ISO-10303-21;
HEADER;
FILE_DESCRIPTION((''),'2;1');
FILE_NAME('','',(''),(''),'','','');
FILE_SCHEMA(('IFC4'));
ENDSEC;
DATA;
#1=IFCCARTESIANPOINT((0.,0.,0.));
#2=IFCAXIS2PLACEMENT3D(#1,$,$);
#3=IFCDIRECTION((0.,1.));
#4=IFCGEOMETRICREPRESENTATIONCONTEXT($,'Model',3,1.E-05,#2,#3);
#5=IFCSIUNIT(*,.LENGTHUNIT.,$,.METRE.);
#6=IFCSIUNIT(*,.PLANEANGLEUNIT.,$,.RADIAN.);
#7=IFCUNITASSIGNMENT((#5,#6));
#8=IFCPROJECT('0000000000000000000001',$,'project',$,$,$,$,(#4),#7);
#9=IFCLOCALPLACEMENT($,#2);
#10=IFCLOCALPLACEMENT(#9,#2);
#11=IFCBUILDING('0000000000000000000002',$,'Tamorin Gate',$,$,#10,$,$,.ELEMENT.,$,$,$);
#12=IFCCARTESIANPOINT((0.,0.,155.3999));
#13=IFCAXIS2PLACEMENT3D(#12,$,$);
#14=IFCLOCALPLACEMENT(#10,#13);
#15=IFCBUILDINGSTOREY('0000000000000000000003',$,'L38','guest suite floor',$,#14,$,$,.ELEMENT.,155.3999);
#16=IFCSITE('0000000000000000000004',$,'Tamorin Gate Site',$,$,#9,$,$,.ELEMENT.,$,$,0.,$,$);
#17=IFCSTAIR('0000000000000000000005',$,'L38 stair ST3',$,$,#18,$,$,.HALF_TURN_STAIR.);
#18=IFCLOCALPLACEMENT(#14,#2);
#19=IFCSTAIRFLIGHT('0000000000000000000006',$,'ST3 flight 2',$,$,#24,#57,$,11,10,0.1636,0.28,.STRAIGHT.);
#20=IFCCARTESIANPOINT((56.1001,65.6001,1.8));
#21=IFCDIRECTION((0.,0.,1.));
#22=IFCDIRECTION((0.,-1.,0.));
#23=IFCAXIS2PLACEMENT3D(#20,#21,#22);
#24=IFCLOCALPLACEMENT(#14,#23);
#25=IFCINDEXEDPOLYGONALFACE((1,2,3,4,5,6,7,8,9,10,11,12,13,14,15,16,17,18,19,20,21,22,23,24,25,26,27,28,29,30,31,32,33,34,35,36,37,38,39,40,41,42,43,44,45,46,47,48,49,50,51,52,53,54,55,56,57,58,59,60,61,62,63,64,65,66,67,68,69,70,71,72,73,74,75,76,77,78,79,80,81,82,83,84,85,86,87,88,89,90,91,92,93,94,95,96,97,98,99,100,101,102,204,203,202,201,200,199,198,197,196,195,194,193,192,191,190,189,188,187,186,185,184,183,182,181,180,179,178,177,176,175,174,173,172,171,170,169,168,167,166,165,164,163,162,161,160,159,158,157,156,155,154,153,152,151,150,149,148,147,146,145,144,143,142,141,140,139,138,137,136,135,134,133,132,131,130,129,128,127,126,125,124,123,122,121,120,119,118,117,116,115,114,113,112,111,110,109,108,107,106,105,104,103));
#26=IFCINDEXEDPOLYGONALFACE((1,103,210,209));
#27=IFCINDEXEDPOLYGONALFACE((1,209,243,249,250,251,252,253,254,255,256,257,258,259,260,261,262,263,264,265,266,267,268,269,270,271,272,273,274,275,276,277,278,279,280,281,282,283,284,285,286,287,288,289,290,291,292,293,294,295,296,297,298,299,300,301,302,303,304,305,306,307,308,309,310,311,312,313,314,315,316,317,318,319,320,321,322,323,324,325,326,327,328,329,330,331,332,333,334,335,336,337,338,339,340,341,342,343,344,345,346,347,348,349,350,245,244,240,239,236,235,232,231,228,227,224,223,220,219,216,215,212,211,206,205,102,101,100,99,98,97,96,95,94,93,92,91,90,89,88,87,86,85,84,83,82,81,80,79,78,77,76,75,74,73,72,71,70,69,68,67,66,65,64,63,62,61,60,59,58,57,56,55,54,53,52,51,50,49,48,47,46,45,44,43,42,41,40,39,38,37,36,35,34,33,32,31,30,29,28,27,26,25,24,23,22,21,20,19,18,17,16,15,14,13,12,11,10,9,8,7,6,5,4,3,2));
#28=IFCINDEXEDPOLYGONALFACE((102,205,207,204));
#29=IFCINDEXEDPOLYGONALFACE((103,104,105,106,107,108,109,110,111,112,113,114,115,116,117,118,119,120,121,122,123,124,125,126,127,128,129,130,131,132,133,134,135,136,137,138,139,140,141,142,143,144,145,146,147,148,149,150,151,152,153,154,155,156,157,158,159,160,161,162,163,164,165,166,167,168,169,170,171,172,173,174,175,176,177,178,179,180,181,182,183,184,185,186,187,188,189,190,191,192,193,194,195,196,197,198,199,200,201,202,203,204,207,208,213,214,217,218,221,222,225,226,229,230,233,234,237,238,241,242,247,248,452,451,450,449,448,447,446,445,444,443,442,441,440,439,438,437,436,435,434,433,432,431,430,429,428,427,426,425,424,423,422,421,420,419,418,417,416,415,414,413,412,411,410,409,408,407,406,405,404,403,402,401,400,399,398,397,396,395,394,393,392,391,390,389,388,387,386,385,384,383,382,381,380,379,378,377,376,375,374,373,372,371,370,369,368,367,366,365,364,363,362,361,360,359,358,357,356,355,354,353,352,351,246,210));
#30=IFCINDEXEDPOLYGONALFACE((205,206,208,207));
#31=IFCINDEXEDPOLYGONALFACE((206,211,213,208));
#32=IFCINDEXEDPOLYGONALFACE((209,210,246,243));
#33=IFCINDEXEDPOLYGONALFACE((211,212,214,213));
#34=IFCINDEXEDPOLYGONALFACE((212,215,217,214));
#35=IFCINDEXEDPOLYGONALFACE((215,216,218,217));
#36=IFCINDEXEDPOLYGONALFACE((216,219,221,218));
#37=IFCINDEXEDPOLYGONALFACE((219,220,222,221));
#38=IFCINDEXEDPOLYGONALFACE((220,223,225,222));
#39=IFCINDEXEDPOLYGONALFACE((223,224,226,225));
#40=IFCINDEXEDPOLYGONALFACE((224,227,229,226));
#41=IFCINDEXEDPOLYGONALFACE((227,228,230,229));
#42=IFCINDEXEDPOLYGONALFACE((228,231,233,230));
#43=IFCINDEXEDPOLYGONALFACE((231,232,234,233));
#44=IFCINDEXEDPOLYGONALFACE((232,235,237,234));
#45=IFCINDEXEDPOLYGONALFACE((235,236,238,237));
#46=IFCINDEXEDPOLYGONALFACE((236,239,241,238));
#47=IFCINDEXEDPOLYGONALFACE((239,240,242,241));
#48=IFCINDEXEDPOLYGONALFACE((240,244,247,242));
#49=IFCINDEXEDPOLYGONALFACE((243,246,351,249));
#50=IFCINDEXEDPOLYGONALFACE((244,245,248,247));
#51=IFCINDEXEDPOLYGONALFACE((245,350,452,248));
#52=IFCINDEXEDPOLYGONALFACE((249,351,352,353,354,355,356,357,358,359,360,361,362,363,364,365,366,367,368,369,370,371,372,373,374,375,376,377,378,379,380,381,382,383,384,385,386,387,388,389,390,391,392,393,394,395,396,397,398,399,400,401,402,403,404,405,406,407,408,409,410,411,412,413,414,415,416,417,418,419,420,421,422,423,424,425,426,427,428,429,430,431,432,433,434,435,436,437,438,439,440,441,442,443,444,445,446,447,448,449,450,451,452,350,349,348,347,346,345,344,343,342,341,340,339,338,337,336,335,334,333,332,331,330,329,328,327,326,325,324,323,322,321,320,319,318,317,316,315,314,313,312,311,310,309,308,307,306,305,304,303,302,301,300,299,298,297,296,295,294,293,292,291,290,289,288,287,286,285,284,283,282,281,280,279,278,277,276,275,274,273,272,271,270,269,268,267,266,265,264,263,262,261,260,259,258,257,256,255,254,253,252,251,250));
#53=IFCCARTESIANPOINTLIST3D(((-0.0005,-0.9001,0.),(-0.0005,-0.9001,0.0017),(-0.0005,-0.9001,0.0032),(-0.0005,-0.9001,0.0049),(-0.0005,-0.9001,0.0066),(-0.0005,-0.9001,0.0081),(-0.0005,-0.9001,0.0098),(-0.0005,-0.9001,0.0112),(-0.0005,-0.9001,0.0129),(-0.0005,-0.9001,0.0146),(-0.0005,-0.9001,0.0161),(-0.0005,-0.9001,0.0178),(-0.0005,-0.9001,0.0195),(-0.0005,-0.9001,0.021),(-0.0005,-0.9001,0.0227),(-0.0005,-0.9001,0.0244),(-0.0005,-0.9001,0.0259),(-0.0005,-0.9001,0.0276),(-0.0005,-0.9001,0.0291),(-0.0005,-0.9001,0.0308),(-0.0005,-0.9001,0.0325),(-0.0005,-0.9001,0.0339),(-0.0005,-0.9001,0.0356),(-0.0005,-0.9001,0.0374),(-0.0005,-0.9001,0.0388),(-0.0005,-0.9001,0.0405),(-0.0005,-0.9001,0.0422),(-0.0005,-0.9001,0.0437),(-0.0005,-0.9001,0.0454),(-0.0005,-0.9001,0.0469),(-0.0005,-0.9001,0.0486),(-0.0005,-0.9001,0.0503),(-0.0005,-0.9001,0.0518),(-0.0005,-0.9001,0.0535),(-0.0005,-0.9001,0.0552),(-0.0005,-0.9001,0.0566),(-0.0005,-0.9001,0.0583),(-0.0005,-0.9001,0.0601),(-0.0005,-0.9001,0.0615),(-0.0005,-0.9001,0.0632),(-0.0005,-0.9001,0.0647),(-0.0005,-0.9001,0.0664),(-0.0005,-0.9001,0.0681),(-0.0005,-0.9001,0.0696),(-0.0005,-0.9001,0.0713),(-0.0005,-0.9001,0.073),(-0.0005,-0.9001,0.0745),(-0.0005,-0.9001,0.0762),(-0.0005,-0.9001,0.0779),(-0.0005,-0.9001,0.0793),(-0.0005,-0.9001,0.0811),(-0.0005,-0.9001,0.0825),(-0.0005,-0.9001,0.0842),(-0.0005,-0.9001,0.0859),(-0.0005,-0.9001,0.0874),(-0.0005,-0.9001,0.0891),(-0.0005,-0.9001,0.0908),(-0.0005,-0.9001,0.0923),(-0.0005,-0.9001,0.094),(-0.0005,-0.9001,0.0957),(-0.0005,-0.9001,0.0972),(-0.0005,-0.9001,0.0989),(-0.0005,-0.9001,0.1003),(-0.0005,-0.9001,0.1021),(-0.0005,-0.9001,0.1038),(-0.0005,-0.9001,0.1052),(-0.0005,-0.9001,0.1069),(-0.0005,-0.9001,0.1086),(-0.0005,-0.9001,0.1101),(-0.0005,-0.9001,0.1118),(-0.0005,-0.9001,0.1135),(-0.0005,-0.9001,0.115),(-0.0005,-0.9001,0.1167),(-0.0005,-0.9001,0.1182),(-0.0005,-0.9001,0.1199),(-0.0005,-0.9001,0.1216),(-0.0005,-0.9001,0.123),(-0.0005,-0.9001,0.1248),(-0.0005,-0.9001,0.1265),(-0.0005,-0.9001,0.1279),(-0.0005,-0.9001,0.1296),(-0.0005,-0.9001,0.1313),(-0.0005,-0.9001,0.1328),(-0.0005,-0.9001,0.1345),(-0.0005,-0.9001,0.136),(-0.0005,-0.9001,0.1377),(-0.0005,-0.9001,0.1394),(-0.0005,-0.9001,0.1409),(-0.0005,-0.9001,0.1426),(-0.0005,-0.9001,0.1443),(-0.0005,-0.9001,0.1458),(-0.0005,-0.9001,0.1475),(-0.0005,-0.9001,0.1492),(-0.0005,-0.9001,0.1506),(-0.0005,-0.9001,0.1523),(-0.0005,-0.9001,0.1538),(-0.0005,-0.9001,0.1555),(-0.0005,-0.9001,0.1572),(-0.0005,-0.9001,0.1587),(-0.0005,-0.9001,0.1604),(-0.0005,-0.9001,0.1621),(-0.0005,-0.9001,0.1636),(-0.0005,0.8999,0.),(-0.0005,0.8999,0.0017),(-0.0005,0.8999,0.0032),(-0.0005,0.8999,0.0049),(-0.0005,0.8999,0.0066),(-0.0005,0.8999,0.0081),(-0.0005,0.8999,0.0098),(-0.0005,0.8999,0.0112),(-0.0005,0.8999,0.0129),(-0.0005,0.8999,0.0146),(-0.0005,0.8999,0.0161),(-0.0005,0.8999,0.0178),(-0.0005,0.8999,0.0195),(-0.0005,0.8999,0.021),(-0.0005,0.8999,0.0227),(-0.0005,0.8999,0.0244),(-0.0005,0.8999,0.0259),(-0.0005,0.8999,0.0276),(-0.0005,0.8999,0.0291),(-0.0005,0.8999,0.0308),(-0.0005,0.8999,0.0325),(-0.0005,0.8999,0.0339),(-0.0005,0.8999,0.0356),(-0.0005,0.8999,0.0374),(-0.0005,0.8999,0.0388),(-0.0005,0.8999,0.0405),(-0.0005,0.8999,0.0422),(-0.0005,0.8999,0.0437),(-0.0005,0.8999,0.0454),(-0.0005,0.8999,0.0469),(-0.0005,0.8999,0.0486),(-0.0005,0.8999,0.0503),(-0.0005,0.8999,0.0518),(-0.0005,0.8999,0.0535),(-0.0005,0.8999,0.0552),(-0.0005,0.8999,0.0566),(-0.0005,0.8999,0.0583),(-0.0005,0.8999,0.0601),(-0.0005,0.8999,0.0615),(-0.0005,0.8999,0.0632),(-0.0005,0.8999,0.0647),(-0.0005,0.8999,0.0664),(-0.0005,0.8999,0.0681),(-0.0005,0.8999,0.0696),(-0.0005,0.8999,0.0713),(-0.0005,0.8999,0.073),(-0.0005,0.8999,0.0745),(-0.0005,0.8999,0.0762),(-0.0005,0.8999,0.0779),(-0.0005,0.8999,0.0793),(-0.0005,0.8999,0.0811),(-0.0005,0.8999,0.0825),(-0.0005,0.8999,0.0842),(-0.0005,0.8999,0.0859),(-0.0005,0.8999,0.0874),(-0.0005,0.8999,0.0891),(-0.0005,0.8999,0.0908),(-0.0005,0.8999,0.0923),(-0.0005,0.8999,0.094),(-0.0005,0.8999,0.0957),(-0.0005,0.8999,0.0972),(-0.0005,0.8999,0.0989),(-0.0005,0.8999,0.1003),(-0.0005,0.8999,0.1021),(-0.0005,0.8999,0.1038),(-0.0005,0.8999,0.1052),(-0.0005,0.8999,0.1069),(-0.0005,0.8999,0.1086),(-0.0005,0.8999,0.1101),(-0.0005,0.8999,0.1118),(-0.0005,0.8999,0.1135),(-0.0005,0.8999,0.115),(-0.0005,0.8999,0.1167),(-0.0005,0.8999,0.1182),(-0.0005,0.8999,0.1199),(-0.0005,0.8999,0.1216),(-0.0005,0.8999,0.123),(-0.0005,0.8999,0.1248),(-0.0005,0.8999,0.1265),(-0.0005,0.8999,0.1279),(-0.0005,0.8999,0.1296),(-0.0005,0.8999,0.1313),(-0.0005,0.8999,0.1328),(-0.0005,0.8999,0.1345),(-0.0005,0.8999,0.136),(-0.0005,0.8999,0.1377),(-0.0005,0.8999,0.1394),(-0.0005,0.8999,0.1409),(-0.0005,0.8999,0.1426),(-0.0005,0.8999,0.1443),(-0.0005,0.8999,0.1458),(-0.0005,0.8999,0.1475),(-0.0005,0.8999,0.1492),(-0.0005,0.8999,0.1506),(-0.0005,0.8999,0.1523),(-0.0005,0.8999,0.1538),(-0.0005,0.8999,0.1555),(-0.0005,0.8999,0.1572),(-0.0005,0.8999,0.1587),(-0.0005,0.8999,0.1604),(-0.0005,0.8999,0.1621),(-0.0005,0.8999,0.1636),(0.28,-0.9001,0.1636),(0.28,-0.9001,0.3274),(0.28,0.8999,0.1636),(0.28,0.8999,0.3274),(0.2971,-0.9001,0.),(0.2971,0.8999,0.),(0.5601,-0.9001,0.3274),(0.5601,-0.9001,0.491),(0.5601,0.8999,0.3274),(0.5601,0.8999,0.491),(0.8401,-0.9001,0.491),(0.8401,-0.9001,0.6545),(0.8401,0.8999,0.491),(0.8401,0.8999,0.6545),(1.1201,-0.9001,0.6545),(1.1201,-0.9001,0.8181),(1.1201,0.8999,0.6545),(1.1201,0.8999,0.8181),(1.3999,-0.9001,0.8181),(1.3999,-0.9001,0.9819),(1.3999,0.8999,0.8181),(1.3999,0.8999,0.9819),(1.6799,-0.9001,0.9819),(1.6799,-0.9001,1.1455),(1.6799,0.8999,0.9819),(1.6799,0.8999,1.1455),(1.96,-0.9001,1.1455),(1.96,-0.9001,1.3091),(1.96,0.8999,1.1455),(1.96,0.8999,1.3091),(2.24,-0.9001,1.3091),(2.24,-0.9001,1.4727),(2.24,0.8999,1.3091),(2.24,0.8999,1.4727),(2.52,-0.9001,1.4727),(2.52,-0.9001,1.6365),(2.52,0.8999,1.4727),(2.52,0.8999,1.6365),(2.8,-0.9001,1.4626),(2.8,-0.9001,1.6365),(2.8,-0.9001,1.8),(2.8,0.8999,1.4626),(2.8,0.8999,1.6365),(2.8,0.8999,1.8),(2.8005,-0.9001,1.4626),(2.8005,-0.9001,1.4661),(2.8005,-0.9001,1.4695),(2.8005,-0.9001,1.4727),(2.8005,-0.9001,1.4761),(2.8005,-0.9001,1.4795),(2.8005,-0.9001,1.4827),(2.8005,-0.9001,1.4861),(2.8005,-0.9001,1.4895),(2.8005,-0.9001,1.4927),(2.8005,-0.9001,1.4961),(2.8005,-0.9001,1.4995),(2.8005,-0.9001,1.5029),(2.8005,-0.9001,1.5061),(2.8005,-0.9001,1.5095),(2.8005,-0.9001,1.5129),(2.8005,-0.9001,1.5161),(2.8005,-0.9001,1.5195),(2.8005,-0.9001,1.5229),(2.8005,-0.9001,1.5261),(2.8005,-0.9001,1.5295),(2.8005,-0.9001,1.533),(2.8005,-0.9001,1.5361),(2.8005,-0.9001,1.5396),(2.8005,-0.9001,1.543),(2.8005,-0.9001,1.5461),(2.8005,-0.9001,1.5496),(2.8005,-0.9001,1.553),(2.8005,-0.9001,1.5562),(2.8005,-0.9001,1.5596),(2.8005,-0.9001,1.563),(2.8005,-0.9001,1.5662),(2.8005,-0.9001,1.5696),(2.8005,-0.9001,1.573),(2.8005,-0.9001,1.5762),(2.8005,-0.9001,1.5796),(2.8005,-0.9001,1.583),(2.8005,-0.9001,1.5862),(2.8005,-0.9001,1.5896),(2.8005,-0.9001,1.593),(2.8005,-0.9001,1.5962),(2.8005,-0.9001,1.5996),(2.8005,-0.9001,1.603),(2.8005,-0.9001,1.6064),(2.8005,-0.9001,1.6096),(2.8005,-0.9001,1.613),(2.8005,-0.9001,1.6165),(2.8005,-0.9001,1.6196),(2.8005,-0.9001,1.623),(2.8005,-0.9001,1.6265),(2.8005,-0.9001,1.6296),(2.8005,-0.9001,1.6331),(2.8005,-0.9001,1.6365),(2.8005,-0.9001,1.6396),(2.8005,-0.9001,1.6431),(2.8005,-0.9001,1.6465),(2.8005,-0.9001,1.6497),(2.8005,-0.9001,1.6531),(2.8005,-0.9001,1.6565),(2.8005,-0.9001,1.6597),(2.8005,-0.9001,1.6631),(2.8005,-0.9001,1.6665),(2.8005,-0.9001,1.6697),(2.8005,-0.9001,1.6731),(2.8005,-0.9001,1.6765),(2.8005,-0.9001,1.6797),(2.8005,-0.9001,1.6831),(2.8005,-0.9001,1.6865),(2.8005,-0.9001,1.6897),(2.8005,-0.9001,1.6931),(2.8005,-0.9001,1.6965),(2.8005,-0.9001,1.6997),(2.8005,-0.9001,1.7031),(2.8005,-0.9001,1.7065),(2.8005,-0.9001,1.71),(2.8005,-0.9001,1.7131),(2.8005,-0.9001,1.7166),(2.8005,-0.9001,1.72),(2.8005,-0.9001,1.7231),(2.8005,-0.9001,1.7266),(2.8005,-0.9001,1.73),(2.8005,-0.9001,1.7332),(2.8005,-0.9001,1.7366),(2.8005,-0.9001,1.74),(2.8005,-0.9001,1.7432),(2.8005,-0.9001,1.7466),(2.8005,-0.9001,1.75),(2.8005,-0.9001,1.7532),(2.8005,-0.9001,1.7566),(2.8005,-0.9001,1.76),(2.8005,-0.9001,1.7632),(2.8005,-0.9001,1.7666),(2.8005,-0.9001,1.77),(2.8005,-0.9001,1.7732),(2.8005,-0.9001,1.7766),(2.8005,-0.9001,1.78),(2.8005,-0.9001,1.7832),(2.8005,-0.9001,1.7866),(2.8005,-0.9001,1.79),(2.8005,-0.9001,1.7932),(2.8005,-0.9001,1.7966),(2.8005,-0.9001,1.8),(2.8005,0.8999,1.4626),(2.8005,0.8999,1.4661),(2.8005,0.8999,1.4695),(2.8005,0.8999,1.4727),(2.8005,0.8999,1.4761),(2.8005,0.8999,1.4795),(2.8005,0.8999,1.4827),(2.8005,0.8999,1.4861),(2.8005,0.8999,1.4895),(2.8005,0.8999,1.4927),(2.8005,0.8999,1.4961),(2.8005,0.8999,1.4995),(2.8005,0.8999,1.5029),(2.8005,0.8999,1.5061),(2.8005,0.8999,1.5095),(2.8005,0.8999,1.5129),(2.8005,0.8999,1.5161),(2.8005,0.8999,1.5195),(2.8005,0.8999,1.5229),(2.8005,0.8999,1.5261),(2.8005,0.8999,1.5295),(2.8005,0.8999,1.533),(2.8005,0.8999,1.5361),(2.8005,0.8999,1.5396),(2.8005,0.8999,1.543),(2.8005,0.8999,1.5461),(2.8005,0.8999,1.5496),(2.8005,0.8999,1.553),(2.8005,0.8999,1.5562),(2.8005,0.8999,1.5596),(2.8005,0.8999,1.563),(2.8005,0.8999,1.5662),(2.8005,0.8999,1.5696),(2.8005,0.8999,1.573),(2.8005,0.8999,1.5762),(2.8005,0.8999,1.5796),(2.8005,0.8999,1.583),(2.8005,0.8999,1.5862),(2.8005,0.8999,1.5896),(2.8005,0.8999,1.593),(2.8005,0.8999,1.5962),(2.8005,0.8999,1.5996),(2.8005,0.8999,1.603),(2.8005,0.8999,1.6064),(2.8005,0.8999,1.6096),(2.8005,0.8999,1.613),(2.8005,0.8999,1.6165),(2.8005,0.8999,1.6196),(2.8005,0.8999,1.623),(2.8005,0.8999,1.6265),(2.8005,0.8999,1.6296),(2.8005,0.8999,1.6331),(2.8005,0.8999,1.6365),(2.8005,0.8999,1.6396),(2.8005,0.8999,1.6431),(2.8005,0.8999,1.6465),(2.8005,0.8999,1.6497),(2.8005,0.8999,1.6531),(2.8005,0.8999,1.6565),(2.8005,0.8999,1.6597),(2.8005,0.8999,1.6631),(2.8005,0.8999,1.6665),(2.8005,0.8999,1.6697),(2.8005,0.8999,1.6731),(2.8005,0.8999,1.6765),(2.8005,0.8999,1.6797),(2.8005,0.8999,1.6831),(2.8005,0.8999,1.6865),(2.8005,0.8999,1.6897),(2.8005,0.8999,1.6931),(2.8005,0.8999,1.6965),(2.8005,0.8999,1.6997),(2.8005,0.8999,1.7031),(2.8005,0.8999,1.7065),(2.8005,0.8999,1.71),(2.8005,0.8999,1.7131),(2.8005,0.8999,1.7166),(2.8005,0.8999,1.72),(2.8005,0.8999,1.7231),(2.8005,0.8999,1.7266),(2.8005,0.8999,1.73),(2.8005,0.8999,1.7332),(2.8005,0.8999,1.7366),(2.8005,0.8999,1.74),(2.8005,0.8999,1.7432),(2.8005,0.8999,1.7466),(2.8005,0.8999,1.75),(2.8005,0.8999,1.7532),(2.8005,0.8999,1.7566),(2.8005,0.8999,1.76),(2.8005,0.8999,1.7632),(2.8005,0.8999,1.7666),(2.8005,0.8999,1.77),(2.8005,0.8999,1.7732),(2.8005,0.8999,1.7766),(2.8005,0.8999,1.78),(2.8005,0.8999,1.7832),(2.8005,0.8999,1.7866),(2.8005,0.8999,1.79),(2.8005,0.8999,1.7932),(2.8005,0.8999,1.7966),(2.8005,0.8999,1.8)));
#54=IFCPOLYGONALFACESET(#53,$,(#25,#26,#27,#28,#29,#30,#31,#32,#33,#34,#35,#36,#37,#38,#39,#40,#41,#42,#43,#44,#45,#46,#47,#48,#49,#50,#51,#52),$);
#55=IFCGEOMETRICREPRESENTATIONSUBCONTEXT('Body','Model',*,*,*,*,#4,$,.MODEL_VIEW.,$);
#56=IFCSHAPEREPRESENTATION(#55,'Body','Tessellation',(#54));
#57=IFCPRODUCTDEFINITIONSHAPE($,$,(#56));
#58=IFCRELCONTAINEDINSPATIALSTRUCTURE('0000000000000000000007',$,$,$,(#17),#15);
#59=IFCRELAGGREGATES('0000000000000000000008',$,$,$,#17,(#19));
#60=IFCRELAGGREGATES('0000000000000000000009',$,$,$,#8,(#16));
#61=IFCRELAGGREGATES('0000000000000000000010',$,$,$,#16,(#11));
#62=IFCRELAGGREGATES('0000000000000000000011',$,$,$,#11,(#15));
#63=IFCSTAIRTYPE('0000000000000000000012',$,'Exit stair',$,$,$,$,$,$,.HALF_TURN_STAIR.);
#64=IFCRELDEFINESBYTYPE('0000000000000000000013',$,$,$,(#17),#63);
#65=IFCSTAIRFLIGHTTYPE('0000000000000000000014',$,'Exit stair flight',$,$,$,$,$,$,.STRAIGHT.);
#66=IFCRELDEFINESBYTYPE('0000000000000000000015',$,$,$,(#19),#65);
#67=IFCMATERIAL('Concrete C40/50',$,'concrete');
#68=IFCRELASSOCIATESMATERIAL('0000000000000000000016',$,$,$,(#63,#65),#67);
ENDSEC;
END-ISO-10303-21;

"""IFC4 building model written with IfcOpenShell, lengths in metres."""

from ifc_helpers import new_model, si_unit, direction, frame, origin, place, context, subcontext, project, spatial, polyline, outline, extrude, material, type_object, element, aggregate, save


model = new_model("IFC4")

# Units and contexts
model_context = context("Model", 3, precision=1e-05, world=origin(), true_north=direction((0.0, 1.0)))
body_context = subcontext(model_context, "Body", "Model", "MODEL_VIEW")
ifc_project = project(units=[si_unit("LENGTHUNIT", "METRE"), si_unit("PLANEANGLEUNIT", "RADIAN")], contexts=[model_context])

# Site, building, storey
site_placement = place(None, origin())
site = spatial("IfcSite", under=ifc_project, at=site_placement, Name="Tamorin Gate Site", CompositionType="ELEMENT", RefElevation=0.0)
building_placement = place(site_placement, origin())
building = spatial("IfcBuilding", under=site, at=building_placement, Name="Tamorin Gate", CompositionType="ELEMENT")
storey_placement = place(building_placement, frame((0.0, 0.0, 155.3999)))
storey = spatial("IfcBuildingStorey", under=building, at=storey_placement, Name="L38", Description="guest suite floor", CompositionType="ELEMENT", Elevation=155.3999)

# Shared definitions
ifc_material_1 = material(Name="Concrete C40/50", Category="concrete")

# Stair, stair flight
stair_type = type_object("IfcStairType", Name="Exit stair", PredefinedType="HALF_TURN_STAIR", material=ifc_material_1)
stair_placement = place(storey_placement, origin())
stair = element("IfcStair", 1, at=stair_placement, inside=storey, type_object=stair_type, Name="L38 stair ST3", PredefinedType="HALF_TURN_STAIR")
stair_flight_type = type_object("IfcStairFlightType", Name="Exit stair flight", PredefinedType="STRAIGHT", material=ifc_material_1)
stair_flight_placement = place(storey_placement, frame((56.1001, 65.6001, 1.8), z_axis=(0.0, 0.0, 1.0), x_axis=(0.0, -1.0, 0.0)))
stair_flight = element("IfcStairFlight", 2, at=stair_flight_placement, type_object=stair_flight_type, Name="ST3 flight 2", NumberOfRisers=11, NumberOfTreads=10, PredefinedType="STRAIGHT", RiserHeight=0.1636, TreadLength=0.28, context=body_context, shape_type="SweptSolid", body=[
    extrude(outline(polyline([(-0.0005, 0.0), (-0.0005, 0.0017), (-0.0005, 0.0032), (-0.0005, 0.0049), (-0.0005, 0.0066), (-0.0005, 0.0081), (-0.0005, 0.0098), (-0.0005, 0.0112), (-0.0005, 0.0129), (-0.0005, 0.0146), (-0.0005, 0.0161), (-0.0005, 0.0178), (-0.0005, 0.0195), (-0.0005, 0.021), (-0.0005, 0.0227), (-0.0005, 0.0244), (-0.0005, 0.0259), (-0.0005, 0.0276), (-0.0005, 0.0291), (-0.0005, 0.0308), (-0.0005, 0.0325), (-0.0005, 0.0339), (-0.0005, 0.0356), (-0.0005, 0.0374), (-0.0005, 0.0388), (-0.0005, 0.0405), (-0.0005, 0.0422), (-0.0005, 0.0437), (-0.0005, 0.0454), (-0.0005, 0.0469), (-0.0005, 0.0486), (-0.0005, 0.0503), (-0.0005, 0.0518), (-0.0005, 0.0535), (-0.0005, 0.0552), (-0.0005, 0.0566), (-0.0005, 0.0583), (-0.0005, 0.0601), (-0.0005, 0.0615), (-0.0005, 0.0632), (-0.0005, 0.0647), (-0.0005, 0.0664), (-0.0005, 0.0681), (-0.0005, 0.0696), (-0.0005, 0.0713), (-0.0005, 0.073), (-0.0005, 0.0745), (-0.0005, 0.0762), (-0.0005, 0.0779), (-0.0005, 0.0793), (-0.0005, 0.0811), (-0.0005, 0.0825), (-0.0005, 0.0842), (-0.0005, 0.0859), (-0.0005, 0.0874), (-0.0005, 0.0891), (-0.0005, 0.0908), (-0.0005, 0.0923), (-0.0005, 0.094), (-0.0005, 0.0957), (-0.0005, 0.0972), (-0.0005, 0.0989), (-0.0005, 0.1003), (-0.0005, 0.1021), (-0.0005, 0.1038), (-0.0005, 0.1052), (-0.0005, 0.1069), (-0.0005, 0.1086), (-0.0005, 0.1101), (-0.0005, 0.1118), (-0.0005, 0.1135), (-0.0005, 0.115), (-0.0005, 0.1167), (-0.0005, 0.1182), (-0.0005, 0.1199), (-0.0005, 0.1216), (-0.0005, 0.123), (-0.0005, 0.1248), (-0.0005, 0.1265), (-0.0005, 0.1279), (-0.0005, 0.1296), (-0.0005, 0.1313), (-0.0005, 0.1328), (-0.0005, 0.1345), (-0.0005, 0.136), (-0.0005, 0.1377), (-0.0005, 0.1394), (-0.0005, 0.1409), (-0.0005, 0.1426), (-0.0005, 0.1443), (-0.0005, 0.1458), (-0.0005, 0.1475), (-0.0005, 0.1492), (-0.0005, 0.1506), (-0.0005, 0.1523), (-0.0005, 0.1538), (-0.0005, 0.1555), (-0.0005, 0.1572), (-0.0005, 0.1587), (-0.0005, 0.1604), (-0.0005, 0.1621), (-0.0005, 0.1636), (0.28, 0.1636), (0.28, 0.3274), (0.5601, 0.3274), (0.5601, 0.491), (0.8401, 0.491), (0.8401, 0.6545), (1.1201, 0.6545), (1.1201, 0.8181), (1.3999, 0.8181), (1.3999, 0.9819), (1.6799, 0.9819), (1.6799, 1.1455), (1.96, 1.1455), (1.96, 1.3091), (2.24, 1.3091), (2.24, 1.4727), (2.52, 1.4727), (2.52, 1.6365), (2.8, 1.6365), (2.8, 1.8), (2.8005, 1.8), (2.8005, 1.7966), (2.8005, 1.7932), (2.8005, 1.79), (2.8005, 1.7866), (2.8005, 1.7832), (2.8005, 1.78), (2.8005, 1.7766), (2.8005, 1.7732), (2.8005, 1.77), (2.8005, 1.7666), (2.8005, 1.7632), (2.8005, 1.76), (2.8005, 1.7566), (2.8005, 1.7532), (2.8005, 1.75), (2.8005, 1.7466), (2.8005, 1.7432), (2.8005, 1.74), (2.8005, 1.7366), (2.8005, 1.7332), (2.8005, 1.73), (2.8005, 1.7266), (2.8005, 1.7231), (2.8005, 1.72), (2.8005, 1.7166), (2.8005, 1.7131), (2.8005, 1.71), (2.8005, 1.7065), (2.8005, 1.7031), (2.8005, 1.6997), (2.8005, 1.6965), (2.8005, 1.6931), (2.8005, 1.6897), (2.8005, 1.6865), (2.8005, 1.6831), (2.8005, 1.6797), (2.8005, 1.6765), (2.8005, 1.6731), (2.8005, 1.6697), (2.8005, 1.6665), (2.8005, 1.6631), (2.8005, 1.6597), (2.8005, 1.6565), (2.8005, 1.6531), (2.8005, 1.6497), (2.8005, 1.6465), (2.8005, 1.6431), (2.8005, 1.6396), (2.8005, 1.6365), (2.8005, 1.6331), (2.8005, 1.6296), (2.8005, 1.6265), (2.8005, 1.623), (2.8005, 1.6196), (2.8005, 1.6165), (2.8005, 1.613), (2.8005, 1.6096), (2.8005, 1.6064), (2.8005, 1.603), (2.8005, 1.5996), (2.8005, 1.5962), (2.8005, 1.593), (2.8005, 1.5896), (2.8005, 1.5862), (2.8005, 1.583), (2.8005, 1.5796), (2.8005, 1.5762), (2.8005, 1.573), (2.8005, 1.5696), (2.8005, 1.5662), (2.8005, 1.563), (2.8005, 1.5596), (2.8005, 1.5562), (2.8005, 1.553), (2.8005, 1.5496), (2.8005, 1.5461), (2.8005, 1.543), (2.8005, 1.5396), (2.8005, 1.5361), (2.8005, 1.533), (2.8005, 1.5295), (2.8005, 1.5261), (2.8005, 1.5229), (2.8005, 1.5195), (2.8005, 1.5161), (2.8005, 1.5129), (2.8005, 1.5095), (2.8005, 1.5061), (2.8005, 1.5029), (2.8005, 1.4995), (2.8005, 1.4961), (2.8005, 1.4927), (2.8005, 1.4895), (2.8005, 1.4861), (2.8005, 1.4827), (2.8005, 1.4795), (2.8005, 1.4761), (2.8005, 1.4727), (2.8005, 1.4695), (2.8005, 1.4661), (2.8005, 1.4626), (2.8, 1.4626), (0.2971, 0.0), (-0.0005, 0.0)])), frame((0.0, 0.8999, 0.0), z_axis=(0.0, -1.0, 0.0), x_axis=(1.0, 0.0, 0.0)), (0.0, 0.0, 1.0), 1.8),
])
aggregate(stair, [stair_flight])

save(model, "model.ifc")
